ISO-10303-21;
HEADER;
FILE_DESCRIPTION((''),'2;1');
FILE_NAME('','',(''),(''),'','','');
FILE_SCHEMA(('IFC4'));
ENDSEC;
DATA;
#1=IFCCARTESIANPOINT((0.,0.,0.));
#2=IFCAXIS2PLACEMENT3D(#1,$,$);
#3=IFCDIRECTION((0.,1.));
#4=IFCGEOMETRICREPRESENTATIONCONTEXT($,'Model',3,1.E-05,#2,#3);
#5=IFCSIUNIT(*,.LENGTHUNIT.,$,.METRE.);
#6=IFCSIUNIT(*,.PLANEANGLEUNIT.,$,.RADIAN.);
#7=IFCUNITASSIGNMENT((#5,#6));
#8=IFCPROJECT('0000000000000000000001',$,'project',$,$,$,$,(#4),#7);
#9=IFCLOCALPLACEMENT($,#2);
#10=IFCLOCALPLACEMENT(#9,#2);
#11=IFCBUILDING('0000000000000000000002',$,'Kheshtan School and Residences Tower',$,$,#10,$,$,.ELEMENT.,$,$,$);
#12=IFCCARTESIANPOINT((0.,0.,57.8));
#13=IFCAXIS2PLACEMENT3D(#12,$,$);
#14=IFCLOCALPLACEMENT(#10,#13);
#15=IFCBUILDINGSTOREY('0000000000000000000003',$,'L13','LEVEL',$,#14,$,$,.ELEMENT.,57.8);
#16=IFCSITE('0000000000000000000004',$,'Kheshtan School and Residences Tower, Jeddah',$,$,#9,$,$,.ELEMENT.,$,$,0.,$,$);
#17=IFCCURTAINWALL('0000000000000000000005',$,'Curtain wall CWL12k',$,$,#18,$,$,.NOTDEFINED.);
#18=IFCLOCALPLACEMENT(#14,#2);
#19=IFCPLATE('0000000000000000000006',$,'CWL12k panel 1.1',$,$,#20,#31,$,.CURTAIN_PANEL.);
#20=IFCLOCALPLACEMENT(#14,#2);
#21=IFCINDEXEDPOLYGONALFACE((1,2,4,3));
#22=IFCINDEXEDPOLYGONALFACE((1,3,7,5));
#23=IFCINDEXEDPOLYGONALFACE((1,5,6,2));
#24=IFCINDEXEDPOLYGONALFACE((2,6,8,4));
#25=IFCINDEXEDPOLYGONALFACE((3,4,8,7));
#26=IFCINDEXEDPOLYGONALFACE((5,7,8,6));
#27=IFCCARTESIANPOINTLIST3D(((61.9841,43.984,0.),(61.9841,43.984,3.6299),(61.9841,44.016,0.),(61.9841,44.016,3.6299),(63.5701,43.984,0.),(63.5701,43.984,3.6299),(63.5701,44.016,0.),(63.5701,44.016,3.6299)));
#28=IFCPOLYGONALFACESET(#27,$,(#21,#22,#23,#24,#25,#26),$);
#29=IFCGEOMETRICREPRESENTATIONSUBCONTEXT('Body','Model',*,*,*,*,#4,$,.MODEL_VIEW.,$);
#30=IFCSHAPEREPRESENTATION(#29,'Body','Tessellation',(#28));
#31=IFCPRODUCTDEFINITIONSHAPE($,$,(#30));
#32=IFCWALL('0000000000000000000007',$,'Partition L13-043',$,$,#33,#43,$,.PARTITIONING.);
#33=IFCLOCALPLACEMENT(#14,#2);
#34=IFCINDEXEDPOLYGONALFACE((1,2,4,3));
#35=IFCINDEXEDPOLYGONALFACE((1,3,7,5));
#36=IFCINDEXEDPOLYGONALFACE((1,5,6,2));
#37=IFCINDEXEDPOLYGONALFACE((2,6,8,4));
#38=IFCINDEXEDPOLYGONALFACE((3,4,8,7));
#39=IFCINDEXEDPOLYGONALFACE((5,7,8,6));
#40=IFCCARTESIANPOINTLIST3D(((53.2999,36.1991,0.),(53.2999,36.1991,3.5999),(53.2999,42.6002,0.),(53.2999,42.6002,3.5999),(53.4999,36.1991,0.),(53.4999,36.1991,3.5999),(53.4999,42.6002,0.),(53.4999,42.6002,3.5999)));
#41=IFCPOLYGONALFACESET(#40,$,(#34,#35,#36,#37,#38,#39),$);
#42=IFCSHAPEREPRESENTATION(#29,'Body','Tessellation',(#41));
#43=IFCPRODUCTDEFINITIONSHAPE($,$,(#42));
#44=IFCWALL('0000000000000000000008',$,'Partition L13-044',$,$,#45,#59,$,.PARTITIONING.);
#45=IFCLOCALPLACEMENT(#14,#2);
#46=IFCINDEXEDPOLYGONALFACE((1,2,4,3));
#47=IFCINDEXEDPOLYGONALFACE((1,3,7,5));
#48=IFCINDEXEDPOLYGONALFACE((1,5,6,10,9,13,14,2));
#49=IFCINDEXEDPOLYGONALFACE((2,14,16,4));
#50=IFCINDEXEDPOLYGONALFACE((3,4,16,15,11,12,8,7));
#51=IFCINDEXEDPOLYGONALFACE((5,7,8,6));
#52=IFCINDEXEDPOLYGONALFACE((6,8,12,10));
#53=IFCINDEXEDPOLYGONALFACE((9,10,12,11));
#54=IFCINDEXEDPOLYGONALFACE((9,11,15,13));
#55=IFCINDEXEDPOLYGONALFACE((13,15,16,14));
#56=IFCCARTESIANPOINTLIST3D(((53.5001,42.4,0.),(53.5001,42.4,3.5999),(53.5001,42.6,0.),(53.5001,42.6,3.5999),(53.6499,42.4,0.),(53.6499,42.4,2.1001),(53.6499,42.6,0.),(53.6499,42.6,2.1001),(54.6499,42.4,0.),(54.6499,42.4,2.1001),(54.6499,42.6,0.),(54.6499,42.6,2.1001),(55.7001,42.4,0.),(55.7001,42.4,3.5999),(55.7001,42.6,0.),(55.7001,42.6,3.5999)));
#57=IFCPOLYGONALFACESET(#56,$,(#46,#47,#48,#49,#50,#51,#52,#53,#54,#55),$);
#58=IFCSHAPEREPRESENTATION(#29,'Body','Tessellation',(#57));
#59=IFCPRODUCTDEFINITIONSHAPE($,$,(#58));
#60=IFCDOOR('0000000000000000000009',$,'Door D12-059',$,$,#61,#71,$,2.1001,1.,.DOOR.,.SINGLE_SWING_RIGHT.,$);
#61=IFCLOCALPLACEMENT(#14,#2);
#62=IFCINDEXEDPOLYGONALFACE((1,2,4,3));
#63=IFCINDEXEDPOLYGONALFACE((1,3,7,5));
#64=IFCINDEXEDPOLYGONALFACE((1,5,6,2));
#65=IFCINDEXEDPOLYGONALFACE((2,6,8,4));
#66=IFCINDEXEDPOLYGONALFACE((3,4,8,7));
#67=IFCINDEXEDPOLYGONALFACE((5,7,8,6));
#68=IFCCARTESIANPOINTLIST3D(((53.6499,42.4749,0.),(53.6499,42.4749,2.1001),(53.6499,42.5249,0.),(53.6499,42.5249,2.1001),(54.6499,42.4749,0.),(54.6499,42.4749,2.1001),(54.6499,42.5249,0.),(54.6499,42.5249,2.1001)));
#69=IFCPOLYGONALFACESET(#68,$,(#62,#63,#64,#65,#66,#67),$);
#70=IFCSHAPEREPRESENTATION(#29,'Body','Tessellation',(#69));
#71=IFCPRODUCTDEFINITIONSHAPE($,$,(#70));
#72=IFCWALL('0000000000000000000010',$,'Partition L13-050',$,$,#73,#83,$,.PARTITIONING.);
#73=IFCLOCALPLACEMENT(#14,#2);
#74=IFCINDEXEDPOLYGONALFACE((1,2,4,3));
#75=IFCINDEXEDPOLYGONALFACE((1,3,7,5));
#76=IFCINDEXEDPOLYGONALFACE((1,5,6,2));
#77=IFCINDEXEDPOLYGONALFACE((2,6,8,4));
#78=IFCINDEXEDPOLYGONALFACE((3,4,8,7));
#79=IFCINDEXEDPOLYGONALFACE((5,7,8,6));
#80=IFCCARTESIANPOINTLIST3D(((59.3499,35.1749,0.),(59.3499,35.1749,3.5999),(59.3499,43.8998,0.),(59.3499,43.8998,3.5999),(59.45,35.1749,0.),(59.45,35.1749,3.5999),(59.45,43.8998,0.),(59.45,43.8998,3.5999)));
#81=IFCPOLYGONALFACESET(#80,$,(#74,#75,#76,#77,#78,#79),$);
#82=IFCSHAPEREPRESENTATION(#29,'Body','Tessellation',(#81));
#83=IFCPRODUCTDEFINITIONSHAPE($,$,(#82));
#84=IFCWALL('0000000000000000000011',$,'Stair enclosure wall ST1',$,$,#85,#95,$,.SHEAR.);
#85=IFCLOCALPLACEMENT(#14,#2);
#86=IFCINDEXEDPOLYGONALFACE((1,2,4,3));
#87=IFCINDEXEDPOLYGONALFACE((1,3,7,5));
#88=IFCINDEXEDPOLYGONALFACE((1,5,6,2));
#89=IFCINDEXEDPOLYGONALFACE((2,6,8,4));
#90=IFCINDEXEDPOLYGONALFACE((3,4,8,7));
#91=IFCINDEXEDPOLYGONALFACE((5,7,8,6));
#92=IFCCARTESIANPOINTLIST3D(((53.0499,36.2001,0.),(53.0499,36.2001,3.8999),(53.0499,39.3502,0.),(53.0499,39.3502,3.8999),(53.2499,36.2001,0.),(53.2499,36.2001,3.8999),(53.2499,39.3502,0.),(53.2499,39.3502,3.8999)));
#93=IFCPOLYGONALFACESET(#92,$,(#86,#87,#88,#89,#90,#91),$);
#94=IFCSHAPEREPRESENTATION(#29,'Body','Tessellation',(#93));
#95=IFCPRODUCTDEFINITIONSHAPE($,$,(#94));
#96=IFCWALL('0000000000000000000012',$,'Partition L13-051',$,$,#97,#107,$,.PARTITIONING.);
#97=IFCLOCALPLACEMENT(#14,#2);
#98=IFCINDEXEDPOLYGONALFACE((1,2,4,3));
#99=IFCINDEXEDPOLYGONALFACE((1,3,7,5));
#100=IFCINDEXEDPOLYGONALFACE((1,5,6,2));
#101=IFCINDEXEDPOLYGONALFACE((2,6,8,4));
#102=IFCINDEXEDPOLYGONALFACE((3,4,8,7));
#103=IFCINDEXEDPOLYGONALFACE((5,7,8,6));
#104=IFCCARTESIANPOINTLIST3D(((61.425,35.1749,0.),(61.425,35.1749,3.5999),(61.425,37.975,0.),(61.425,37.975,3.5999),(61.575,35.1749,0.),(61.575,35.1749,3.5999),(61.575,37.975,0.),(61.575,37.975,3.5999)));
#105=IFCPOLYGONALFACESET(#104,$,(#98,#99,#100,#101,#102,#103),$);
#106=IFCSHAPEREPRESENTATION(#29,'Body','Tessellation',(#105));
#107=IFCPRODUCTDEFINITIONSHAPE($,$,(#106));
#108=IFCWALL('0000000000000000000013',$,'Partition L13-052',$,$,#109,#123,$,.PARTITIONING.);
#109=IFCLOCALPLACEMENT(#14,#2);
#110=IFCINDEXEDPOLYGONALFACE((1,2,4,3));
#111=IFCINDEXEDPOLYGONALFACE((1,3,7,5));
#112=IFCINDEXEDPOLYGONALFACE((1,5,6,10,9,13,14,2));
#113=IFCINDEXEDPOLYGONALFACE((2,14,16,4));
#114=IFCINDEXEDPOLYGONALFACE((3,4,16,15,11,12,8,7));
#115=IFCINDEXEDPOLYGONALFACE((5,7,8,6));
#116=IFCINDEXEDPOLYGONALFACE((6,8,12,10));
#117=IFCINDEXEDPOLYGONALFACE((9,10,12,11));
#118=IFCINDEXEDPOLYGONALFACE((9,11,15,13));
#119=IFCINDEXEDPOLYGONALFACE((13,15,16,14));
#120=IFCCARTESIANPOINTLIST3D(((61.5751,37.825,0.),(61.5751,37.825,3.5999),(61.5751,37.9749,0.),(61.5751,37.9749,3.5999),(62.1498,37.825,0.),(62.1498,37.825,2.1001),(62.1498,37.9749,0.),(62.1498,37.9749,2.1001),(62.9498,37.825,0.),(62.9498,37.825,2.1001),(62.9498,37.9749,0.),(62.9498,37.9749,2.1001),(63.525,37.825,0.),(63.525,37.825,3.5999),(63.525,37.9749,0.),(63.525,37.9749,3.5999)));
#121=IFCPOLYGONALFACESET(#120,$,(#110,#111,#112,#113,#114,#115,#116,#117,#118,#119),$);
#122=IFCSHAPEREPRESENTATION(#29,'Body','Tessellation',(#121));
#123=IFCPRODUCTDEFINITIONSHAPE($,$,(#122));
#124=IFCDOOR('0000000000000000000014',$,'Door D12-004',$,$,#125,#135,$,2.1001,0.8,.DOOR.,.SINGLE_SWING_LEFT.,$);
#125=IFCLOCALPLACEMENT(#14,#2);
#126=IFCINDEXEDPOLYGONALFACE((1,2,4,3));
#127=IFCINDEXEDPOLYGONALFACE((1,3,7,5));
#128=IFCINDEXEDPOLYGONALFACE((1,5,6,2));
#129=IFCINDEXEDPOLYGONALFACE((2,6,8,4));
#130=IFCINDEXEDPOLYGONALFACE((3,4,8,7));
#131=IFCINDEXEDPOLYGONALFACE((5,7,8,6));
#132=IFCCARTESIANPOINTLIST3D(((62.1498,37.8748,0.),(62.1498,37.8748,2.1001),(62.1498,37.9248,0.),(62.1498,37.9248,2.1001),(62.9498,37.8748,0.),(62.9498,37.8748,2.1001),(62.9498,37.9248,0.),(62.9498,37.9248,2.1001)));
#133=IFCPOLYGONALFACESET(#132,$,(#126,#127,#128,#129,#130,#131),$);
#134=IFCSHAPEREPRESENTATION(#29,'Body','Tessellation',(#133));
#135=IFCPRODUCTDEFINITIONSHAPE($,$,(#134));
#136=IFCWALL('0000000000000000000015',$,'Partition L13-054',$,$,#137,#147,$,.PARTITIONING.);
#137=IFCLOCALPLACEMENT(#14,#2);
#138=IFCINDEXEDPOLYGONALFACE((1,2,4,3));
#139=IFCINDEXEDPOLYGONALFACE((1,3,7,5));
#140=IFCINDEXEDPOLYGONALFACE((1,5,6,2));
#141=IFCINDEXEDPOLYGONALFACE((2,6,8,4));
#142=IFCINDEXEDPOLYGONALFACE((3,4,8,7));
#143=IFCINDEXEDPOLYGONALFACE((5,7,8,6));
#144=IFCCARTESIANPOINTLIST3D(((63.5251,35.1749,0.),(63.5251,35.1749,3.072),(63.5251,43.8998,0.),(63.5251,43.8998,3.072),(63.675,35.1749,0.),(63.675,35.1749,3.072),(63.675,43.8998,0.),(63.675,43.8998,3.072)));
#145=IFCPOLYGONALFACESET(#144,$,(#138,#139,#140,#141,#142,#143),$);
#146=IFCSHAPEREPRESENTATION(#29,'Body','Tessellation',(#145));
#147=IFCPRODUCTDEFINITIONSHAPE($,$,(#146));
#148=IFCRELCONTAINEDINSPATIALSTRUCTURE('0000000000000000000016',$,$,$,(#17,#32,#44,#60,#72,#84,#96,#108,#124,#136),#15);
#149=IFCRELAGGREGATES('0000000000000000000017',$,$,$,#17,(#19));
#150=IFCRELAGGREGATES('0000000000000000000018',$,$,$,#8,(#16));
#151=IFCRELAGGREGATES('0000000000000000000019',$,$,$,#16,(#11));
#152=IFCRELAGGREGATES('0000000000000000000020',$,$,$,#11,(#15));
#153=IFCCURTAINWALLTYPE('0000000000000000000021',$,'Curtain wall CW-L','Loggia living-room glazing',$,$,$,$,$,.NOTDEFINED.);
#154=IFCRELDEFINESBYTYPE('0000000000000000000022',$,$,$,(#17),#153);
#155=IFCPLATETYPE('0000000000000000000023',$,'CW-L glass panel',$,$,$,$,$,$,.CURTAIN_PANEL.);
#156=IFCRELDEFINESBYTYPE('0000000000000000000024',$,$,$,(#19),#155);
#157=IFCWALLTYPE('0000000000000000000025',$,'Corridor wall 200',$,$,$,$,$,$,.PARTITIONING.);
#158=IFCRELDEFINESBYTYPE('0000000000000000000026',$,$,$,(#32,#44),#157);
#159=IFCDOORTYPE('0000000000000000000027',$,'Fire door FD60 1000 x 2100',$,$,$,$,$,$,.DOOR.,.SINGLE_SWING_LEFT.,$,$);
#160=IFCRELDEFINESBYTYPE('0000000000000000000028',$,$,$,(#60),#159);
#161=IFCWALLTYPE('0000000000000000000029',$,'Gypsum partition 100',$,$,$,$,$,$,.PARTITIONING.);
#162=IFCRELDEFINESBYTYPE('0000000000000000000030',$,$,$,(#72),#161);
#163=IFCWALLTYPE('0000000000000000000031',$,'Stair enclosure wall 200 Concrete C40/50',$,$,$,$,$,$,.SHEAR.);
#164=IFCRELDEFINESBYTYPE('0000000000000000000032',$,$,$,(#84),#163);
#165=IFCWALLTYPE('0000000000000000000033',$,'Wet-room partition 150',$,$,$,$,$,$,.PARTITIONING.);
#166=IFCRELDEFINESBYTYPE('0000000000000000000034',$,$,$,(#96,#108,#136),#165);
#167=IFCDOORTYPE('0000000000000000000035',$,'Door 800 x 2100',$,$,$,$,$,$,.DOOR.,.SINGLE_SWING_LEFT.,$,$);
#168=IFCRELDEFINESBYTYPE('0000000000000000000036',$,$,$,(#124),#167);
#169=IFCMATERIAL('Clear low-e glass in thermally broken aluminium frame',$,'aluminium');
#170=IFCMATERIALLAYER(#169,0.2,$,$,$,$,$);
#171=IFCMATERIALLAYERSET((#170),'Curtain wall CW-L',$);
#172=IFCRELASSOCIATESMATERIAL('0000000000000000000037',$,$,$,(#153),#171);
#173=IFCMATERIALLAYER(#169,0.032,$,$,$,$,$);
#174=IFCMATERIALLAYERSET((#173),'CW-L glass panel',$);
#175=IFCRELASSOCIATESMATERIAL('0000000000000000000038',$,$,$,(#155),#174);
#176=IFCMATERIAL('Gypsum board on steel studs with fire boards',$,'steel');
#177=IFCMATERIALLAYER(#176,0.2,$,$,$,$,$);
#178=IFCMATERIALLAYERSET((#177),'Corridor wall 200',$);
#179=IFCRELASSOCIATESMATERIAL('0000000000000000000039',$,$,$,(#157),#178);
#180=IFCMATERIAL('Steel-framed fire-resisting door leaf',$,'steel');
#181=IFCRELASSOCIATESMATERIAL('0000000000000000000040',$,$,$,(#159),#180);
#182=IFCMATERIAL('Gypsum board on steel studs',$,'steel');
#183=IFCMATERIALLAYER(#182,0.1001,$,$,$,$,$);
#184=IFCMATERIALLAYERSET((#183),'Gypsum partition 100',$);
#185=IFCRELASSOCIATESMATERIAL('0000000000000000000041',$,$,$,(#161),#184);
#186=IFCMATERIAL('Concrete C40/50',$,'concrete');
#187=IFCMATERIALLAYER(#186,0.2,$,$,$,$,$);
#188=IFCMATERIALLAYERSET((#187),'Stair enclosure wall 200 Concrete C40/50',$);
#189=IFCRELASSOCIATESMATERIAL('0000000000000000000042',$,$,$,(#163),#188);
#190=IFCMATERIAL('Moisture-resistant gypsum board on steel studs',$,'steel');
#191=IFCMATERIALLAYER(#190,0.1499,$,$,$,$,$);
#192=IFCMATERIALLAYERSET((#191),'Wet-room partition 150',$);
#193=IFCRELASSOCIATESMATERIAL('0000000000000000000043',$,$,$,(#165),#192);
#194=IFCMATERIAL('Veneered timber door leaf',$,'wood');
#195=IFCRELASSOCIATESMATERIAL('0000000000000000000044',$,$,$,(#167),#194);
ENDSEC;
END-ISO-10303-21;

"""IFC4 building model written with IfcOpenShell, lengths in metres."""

from ifc_helpers import new_model, si_unit, direction, frame, frame_2d, origin, origin_2d, place, context, subcontext, project, spatial, rectangle, extrude, source, transform, mapped, material, layer, layer_set, type_object, element, fill, aggregate, save


model = new_model("IFC4")

# Units and contexts
model_context = context("Model", 3, precision=1e-05, world=origin(), true_north=direction((0.0, 1.0)))
body_context = subcontext(model_context, "Body", "Model", "MODEL_VIEW")
ifc_project = project(units=[si_unit("LENGTHUNIT", "METRE"), si_unit("PLANEANGLEUNIT", "RADIAN")], contexts=[model_context])

# Site, building, storey
site_placement = place(None, origin())
site = spatial("IfcSite", under=ifc_project, at=site_placement, Name="Kheshtan School and Residences Tower, Jeddah", CompositionType="ELEMENT", RefElevation=0.0)
building_placement = place(site_placement, origin())
building = spatial("IfcBuilding", under=site, at=building_placement, Name="Kheshtan School and Residences Tower", CompositionType="ELEMENT")
storey_placement = place(building_placement, frame((0.0, 0.0, 57.8)))
storey = spatial("IfcBuildingStorey", under=building, at=storey_placement, Name="L13", Description="LEVEL", CompositionType="ELEMENT", Elevation=57.8)

# Curtain wall
ifc_material_1 = material(Name="Clear low-e glass in thermally broken aluminium frame", Category="aluminium")
ifc_layer_1 = layer(ifc_material_1, 0.2)
ifc_layer_set_1 = layer_set([ifc_layer_1], Name="Curtain wall CW-L")
curtain_wall_type = type_object("IfcCurtainWallType", Name="Curtain wall CW-L", Description="Loggia living-room glazing", PredefinedType="NOTDEFINED", material=ifc_layer_set_1)
curtain_wall_1_placement = place(storey_placement, origin())
curtain_wall_1 = element("IfcCurtainWall", 1, at=curtain_wall_1_placement, inside=storey, type_object=curtain_wall_type, Name="Curtain wall CWL12k", PredefinedType="NOTDEFINED")

# Plate
ifc_layer_2 = layer(ifc_material_1, 0.032)
ifc_layer_set_2 = layer_set([ifc_layer_2], Name="CW-L glass panel")
plate_type = type_object("IfcPlateType", Name="CW-L glass panel", PredefinedType="CURTAIN_PANEL", material=ifc_layer_set_2)
plate_1_placement = place(storey_placement, frame((62.7771, 44.0, 0.0), z_axis=(0.0, 0.0, 1.0), x_axis=(1.0, 0.0, 0.0)))
plate_1 = element("IfcPlate", 2, at=plate_1_placement, type_object=plate_type, Name="CWL12k panel 1.1", PredefinedType="CURTAIN_PANEL", context=body_context, shape_type="SweptSolid", body=[
    extrude(rectangle(XDim=1.5859, YDim=0.032, at=origin_2d()), origin(), (0.0, 0.0, 1.0), 3.6299),
])
aggregate(curtain_wall_1, [plate_1])

# Wall
ifc_material_2 = material(Name="Gypsum board on steel studs with fire boards", Category="steel")
ifc_layer_3 = layer(ifc_material_2, 0.2)
ifc_layer_set_3 = layer_set([ifc_layer_3], Name="Corridor wall 200")
wall_type_1 = type_object("IfcWallType", Name="Corridor wall 200", PredefinedType="PARTITIONING", material=ifc_layer_set_3)
wall_1_placement = place(storey_placement, frame((53.3999, 36.199, 0.0), z_axis=(0.0, 0.0, 1.0), x_axis=(0.0, 1.0, 0.0)))
element("IfcWall", 3, at=wall_1_placement, inside=storey, type_object=wall_type_1, Name="Partition L13-043", PredefinedType="PARTITIONING", context=body_context, shape_type="SweptSolid", body=[
    extrude(rectangle(XDim=6.4011, YDim=0.2, at=frame_2d((3.2007, 0.0))), origin(), (0.0, 0.0, 1.0), 3.5999),
])

# Wall, opening, door
wall_2_placement = place(storey_placement, frame((53.5, 42.5, 0.0), z_axis=(0.0, 0.0, 1.0), x_axis=(1.0, 0.0, 0.0)))
wall_2 = element("IfcWall", 4, at=wall_2_placement, inside=storey, type_object=wall_type_1, Name="Partition L13-044", PredefinedType="PARTITIONING", context=body_context, shape_type="SweptSolid", body=[
    extrude(rectangle(XDim=2.2, YDim=0.2, at=frame_2d((1.1001, 0.0))), origin(), (0.0, 0.0, 1.0), 3.5999),
])
opening_1_placement = place(wall_2_placement, frame((0.1499, 0.0, 0.0)))
opening_1 = element("IfcOpeningElement", 5, at=opening_1_placement, cuts=wall_2, PredefinedType="OPENING", context=body_context, shape_type="SweptSolid", body=[
    extrude(rectangle(XDim=1.0, YDim=2.1001, at=frame_2d((0.5, 1.05))), frame((0.0, 0.1099, 0.0), z_axis=(0.0, -1.0, 0.0), x_axis=(1.0, 0.0, 0.0)), (0.0, 0.0, 1.0), 0.22),
])
ifc_material_3 = material(Name="Steel-framed fire-resisting door leaf", Category="steel")
door_type_1 = type_object("IfcDoorType", Name="Fire door FD60 1000 x 2100", OperationType="SINGLE_SWING_LEFT", PredefinedType="DOOR", material=ifc_material_3)
shared_shape_1 = source(origin(), body_context, "Body", "SweptSolid", [
    extrude(rectangle(XDim=1.0, YDim=2.1001, at=frame_2d((0.5, 1.05))), frame((0.0, 0.0249, 0.0), z_axis=(0.0, -1.0, 0.0), x_axis=(1.0, 0.0, 0.0)), (0.0, 0.0, 1.0), 0.05),
])
door_1_placement = place(opening_1_placement, origin())
door_1 = element("IfcDoor", 6, at=door_1_placement, inside=storey, type_object=door_type_1, Name="Door D12-059", OperationType="SINGLE_SWING_RIGHT", OverallHeight=2.1001, OverallWidth=1.0, PredefinedType="DOOR", context=body_context, shape_type="MappedRepresentation", body=[
    mapped(shared_shape_1, transform((0.0, 0.0, 0.0), x_axis=(1.0, 0.0, 0.0), y_axis=(0.0, 1.0, 0.0), z_axis=(0.0, 0.0, 1.0), scale=1.0)),
])
fill(opening_1, door_1)

# Walls
ifc_material_4 = material(Name="Gypsum board on steel studs", Category="steel")
ifc_layer_4 = layer(ifc_material_4, 0.1001)
ifc_layer_set_4 = layer_set([ifc_layer_4], Name="Gypsum partition 100")
wall_type_2 = type_object("IfcWallType", Name="Gypsum partition 100", PredefinedType="PARTITIONING", material=ifc_layer_set_4)
wall_3_placement = place(storey_placement, frame((59.3999, 35.175, 0.0), z_axis=(0.0, 0.0, 1.0), x_axis=(0.0, 1.0, 0.0)))
element("IfcWall", 7, at=wall_3_placement, inside=storey, type_object=wall_type_2, Name="Partition L13-050", PredefinedType="PARTITIONING", context=body_context, shape_type="SweptSolid", body=[
    extrude(rectangle(XDim=8.7249, YDim=0.1001, at=frame_2d((4.3623, 0.0))), origin(), (0.0, 0.0, 1.0), 3.5999),
])
ifc_material_5 = material(Name="Concrete C40/50", Category="concrete")
ifc_layer_5 = layer(ifc_material_5, 0.2)
ifc_layer_set_5 = layer_set([ifc_layer_5], Name="Stair enclosure wall 200 Concrete C40/50")
wall_type_3 = type_object("IfcWallType", Name="Stair enclosure wall 200 Concrete C40/50", PredefinedType="SHEAR", material=ifc_layer_set_5)
wall_4_placement = place(storey_placement, frame((53.1499, 36.2, 0.0), z_axis=(0.0, 0.0, 1.0), x_axis=(0.0, 1.0, 0.0)))
element("IfcWall", 8, at=wall_4_placement, inside=storey, type_object=wall_type_3, Name="Stair enclosure wall ST1", PredefinedType="SHEAR", context=body_context, shape_type="SweptSolid", body=[
    extrude(rectangle(XDim=3.1501, YDim=0.2, at=frame_2d((1.5752, 0.0))), origin(), (0.0, 0.0, 1.0), 3.8999),
])
ifc_material_6 = material(Name="Moisture-resistant gypsum board on steel studs", Category="steel")
ifc_layer_6 = layer(ifc_material_6, 0.1499)
ifc_layer_set_6 = layer_set([ifc_layer_6], Name="Wet-room partition 150")
wall_type_4 = type_object("IfcWallType", Name="Wet-room partition 150", PredefinedType="PARTITIONING", material=ifc_layer_set_6)
wall_5_placement = place(storey_placement, frame((61.5, 35.175, 0.0), z_axis=(0.0, 0.0, 1.0), x_axis=(0.0, 1.0, 0.0)))
element("IfcWall", 9, at=wall_5_placement, inside=storey, type_object=wall_type_4, Name="Partition L13-051", PredefinedType="PARTITIONING", context=body_context, shape_type="SweptSolid", body=[
    extrude(rectangle(XDim=2.8, YDim=0.1499, at=frame_2d((1.3999, 0.0))), origin(), (0.0, 0.0, 1.0), 3.5999),
])

# Wall, opening, door
wall_6_placement = place(storey_placement, frame((61.575, 37.8999, 0.0), z_axis=(0.0, 0.0, 1.0), x_axis=(1.0, 0.0, 0.0)))
wall_6 = element("IfcWall", 10, at=wall_6_placement, inside=storey, type_object=wall_type_4, Name="Partition L13-052", PredefinedType="PARTITIONING", context=body_context, shape_type="SweptSolid", body=[
    extrude(rectangle(XDim=1.95, YDim=0.1499, at=frame_2d((0.9751, 0.0))), origin(), (0.0, 0.0, 1.0), 3.5999),
])
opening_2_placement = place(wall_6_placement, frame((0.575, 0.0, 0.0)))
opening_2 = element("IfcOpeningElement", 11, at=opening_2_placement, cuts=wall_6, PredefinedType="OPENING", context=body_context, shape_type="SweptSolid", body=[
    extrude(rectangle(XDim=0.8, YDim=2.1001, at=frame_2d((0.3999, 1.05))), frame((0.0, 0.085, 0.0), z_axis=(0.0, -1.0, 0.0), x_axis=(1.0, 0.0, 0.0)), (0.0, 0.0, 1.0), 0.1699),
])
ifc_material_7 = material(Name="Veneered timber door leaf", Category="wood")
door_type_2 = type_object("IfcDoorType", Name="Door 800 x 2100", OperationType="SINGLE_SWING_LEFT", PredefinedType="DOOR", material=ifc_material_7)
shared_shape_2 = source(origin(), body_context, "Body", "SweptSolid", [
    extrude(rectangle(XDim=0.8, YDim=2.1001, at=frame_2d((0.3999, 1.05))), frame((0.0, 0.0249, 0.0), z_axis=(0.0, -1.0, 0.0), x_axis=(1.0, 0.0, 0.0)), (0.0, 0.0, 1.0), 0.05),
])
door_2_placement = place(opening_2_placement, origin())
door_2 = element("IfcDoor", 12, at=door_2_placement, inside=storey, type_object=door_type_2, Name="Door D12-004", OperationType="SINGLE_SWING_LEFT", OverallHeight=2.1001, OverallWidth=0.8, PredefinedType="DOOR", context=body_context, shape_type="MappedRepresentation", body=[
    mapped(shared_shape_2, transform((0.0, 0.0, 0.0), x_axis=(1.0, 0.0, 0.0), y_axis=(0.0, 1.0, 0.0), z_axis=(0.0, 0.0, 1.0), scale=1.0)),
])
fill(opening_2, door_2)

# Wall
wall_7_placement = place(storey_placement, frame((63.6001, 35.175, 0.0), z_axis=(0.0, 0.0, 1.0), x_axis=(0.0, 1.0, 0.0)))
element("IfcWall", 13, at=wall_7_placement, inside=storey, type_object=wall_type_4, Name="Partition L13-054", PredefinedType="PARTITIONING", context=body_context, shape_type="SweptSolid", body=[
    extrude(rectangle(XDim=8.7249, YDim=0.1499, at=frame_2d((4.3623, 0.0))), origin(), (0.0, 0.0, 1.0), 3.072),
])

save(model, "model.ifc")
